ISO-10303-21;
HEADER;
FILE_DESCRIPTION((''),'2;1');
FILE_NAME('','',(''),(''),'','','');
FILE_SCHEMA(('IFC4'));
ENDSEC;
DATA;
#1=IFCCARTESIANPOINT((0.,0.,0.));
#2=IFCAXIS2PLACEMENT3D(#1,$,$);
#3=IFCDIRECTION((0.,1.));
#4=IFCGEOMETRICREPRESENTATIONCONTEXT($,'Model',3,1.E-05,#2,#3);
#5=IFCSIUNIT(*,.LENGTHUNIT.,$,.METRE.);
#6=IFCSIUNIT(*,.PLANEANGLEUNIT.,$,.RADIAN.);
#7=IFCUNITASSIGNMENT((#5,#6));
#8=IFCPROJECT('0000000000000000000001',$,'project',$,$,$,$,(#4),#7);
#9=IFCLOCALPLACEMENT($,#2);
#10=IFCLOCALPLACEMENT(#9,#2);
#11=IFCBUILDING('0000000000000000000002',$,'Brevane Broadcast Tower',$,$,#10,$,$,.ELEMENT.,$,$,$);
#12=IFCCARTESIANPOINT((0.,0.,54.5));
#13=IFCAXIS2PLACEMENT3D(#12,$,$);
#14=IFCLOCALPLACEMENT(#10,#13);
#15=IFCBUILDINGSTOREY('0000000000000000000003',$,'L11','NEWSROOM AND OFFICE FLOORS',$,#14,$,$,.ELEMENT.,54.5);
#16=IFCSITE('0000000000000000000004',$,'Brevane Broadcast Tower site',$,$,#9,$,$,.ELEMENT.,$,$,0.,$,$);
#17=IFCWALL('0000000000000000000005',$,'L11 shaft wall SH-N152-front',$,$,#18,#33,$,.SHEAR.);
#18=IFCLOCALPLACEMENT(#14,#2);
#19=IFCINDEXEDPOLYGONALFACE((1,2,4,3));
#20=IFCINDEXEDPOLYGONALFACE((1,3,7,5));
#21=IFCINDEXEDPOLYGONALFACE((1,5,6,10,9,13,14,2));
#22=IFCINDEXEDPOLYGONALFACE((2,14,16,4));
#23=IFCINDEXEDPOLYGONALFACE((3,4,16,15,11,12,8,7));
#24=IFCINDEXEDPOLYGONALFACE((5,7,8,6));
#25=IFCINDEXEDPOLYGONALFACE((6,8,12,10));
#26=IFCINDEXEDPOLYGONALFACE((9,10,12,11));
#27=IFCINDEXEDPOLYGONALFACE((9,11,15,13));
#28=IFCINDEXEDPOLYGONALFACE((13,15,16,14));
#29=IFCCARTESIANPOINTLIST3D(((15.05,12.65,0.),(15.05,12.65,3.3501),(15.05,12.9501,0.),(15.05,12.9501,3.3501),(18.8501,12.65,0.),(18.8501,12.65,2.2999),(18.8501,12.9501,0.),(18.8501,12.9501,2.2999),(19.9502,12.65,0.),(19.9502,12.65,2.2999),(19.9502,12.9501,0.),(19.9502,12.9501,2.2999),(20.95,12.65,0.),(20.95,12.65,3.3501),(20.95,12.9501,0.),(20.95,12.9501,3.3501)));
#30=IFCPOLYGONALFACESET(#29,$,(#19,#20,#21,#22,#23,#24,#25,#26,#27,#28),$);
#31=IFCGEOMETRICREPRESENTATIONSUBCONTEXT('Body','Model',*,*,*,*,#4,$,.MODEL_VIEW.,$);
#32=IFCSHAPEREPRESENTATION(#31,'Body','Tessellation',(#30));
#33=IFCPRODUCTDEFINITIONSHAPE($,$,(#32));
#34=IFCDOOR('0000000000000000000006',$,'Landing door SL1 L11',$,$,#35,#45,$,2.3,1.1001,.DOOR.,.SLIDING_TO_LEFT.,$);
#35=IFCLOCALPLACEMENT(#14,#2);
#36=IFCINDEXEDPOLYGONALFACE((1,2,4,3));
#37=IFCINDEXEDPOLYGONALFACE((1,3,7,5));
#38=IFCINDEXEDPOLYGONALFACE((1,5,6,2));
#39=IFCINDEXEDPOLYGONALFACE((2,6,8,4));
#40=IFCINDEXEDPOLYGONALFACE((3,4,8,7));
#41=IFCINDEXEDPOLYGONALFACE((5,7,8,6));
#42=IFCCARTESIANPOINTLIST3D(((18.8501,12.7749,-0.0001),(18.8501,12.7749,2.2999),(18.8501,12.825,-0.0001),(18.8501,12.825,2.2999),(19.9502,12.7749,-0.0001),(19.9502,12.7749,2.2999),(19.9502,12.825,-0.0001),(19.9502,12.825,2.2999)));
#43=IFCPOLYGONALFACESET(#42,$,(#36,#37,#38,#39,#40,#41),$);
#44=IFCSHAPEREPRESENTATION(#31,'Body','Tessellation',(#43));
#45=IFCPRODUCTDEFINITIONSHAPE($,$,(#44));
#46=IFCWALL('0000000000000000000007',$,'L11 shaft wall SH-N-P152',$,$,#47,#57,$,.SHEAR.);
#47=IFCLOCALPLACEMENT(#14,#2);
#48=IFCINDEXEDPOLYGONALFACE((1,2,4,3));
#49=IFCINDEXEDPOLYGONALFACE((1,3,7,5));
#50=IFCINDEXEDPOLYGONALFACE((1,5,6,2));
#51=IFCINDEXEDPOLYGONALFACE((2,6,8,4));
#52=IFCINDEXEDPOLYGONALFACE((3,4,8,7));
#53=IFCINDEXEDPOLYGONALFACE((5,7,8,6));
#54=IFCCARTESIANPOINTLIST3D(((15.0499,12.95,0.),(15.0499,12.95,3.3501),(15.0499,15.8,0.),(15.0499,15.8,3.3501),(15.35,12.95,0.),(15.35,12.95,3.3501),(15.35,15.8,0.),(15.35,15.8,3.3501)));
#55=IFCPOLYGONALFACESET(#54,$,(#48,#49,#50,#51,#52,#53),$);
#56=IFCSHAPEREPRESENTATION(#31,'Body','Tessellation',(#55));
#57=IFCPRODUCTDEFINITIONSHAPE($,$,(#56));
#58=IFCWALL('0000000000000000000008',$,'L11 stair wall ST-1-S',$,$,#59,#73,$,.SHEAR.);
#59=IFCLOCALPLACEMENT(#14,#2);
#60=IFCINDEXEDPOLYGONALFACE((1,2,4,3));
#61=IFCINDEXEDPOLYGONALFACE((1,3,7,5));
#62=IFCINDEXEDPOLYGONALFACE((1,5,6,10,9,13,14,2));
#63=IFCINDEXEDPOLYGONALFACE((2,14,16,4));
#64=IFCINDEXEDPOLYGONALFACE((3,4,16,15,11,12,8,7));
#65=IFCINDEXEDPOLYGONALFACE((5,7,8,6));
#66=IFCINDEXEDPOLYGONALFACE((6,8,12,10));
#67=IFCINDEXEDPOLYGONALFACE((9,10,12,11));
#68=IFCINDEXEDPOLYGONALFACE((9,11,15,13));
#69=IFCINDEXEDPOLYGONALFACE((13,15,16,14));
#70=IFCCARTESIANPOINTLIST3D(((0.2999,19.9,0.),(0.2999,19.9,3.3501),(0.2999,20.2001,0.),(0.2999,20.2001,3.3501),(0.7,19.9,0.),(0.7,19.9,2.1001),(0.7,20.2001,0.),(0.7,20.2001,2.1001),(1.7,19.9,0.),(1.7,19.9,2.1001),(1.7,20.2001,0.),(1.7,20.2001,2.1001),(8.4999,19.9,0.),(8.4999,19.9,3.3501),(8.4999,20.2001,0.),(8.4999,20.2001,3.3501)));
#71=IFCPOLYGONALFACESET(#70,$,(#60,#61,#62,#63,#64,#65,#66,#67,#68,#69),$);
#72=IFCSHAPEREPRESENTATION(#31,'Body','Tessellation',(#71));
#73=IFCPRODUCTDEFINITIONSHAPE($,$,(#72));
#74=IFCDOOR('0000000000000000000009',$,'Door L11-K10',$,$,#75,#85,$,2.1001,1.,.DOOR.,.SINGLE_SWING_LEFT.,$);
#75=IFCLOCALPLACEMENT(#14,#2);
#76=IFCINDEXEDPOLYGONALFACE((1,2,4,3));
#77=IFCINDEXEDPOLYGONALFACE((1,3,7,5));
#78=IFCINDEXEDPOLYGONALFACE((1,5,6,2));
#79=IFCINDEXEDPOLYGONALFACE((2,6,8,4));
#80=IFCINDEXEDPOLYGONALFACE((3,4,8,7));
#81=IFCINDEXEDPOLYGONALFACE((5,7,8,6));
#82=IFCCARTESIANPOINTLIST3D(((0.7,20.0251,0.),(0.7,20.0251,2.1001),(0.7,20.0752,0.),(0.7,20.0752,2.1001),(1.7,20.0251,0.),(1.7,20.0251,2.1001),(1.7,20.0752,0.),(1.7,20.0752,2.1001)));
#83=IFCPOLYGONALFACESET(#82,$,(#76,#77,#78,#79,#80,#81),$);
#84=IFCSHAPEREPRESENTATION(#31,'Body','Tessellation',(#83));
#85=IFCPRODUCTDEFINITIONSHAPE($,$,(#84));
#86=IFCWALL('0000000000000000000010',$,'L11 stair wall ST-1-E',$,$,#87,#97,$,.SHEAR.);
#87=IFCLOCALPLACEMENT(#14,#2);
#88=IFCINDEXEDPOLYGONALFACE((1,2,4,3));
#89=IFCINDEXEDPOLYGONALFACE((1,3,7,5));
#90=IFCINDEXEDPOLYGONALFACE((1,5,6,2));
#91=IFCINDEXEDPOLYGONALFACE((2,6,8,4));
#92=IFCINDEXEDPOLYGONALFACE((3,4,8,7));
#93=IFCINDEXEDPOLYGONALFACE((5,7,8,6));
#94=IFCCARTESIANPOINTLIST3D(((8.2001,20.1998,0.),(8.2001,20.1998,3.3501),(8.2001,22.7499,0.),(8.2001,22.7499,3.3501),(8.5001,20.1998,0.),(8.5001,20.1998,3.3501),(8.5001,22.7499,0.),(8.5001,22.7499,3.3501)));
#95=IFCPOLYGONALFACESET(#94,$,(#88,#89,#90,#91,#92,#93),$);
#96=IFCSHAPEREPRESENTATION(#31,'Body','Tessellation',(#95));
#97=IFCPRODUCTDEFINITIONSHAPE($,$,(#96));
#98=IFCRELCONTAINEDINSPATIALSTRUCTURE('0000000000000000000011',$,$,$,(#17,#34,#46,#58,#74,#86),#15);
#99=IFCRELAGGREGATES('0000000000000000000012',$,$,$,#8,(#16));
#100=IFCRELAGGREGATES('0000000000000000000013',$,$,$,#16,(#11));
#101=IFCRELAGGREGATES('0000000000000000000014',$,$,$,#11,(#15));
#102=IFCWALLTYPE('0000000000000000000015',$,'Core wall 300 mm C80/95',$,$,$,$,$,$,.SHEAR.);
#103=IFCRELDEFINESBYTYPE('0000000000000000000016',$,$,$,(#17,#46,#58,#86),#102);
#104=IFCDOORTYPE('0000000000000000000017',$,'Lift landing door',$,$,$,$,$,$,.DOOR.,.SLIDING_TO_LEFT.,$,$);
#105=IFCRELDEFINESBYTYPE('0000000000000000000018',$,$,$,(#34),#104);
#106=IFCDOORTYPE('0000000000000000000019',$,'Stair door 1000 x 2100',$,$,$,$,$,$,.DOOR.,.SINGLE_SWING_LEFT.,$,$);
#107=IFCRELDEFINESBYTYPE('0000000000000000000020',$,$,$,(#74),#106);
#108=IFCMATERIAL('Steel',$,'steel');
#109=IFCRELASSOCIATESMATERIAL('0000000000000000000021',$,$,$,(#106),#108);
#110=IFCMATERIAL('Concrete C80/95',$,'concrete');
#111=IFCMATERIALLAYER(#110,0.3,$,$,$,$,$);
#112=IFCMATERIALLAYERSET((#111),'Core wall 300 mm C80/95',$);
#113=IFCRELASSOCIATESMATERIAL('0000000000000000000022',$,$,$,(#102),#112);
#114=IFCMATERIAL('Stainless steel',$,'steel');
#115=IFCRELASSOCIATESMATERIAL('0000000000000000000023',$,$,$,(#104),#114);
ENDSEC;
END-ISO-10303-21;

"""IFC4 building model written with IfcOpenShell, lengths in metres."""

from ifc_helpers import new_model, si_unit, direction, frame, frame_2d, origin, place, context, subcontext, project, spatial, rectangle, extrude, material, layer, layer_set, type_object, element, fill, save


model = new_model("IFC4")

# Units and contexts
model_context = context("Model", 3, precision=1e-05, world=origin(), true_north=direction((0.0, 1.0)))
body_context = subcontext(model_context, "Body", "Model", "MODEL_VIEW")
ifc_project = project(units=[si_unit("LENGTHUNIT", "METRE"), si_unit("PLANEANGLEUNIT", "RADIAN")], contexts=[model_context])

# Site, building, storey
site_placement = place(None, origin())
site = spatial("IfcSite", under=ifc_project, at=site_placement, Name="Brevane Broadcast Tower site", CompositionType="ELEMENT", RefElevation=0.0)
building_placement = place(site_placement, origin())
building = spatial("IfcBuilding", under=site, at=building_placement, Name="Brevane Broadcast Tower", CompositionType="ELEMENT")
storey_placement = place(building_placement, frame((0.0, 0.0, 54.5)))
storey = spatial("IfcBuildingStorey", under=building, at=storey_placement, Name="L11", Description="NEWSROOM AND OFFICE FLOORS", CompositionType="ELEMENT", Elevation=54.5)

# Shared definitions
ifc_material_1 = material(Name="Steel", Category="steel")
door_type_1 = type_object("IfcDoorType", Name="Stair door 1000 x 2100", OperationType="SINGLE_SWING_LEFT", PredefinedType="DOOR", material=ifc_material_1)

# Shared definitions
ifc_material_2 = material(Name="Concrete C80/95", Category="concrete")
ifc_layer_1 = layer(ifc_material_2, 0.3)
ifc_layer_set_1 = layer_set([ifc_layer_1], Name="Core wall 300 mm C80/95")
wall_type_1 = type_object("IfcWallType", Name="Core wall 300 mm C80/95", PredefinedType="SHEAR", material=ifc_layer_set_1)

# Wall, opening, door
wall_1_placement = place(storey_placement, frame((15.05, 12.8, 0.0), z_axis=(0.0, 0.0, 1.0), x_axis=(1.0, 0.0, 0.0)))
wall_1 = element("IfcWall", 1, at=wall_1_placement, inside=storey, type_object=wall_type_1, Name="L11 shaft wall SH-N152-front", PredefinedType="SHEAR", context=body_context, shape_type="SweptSolid", body=[
    extrude(rectangle(XDim=5.8999, YDim=0.3, at=frame_2d((2.95, 0.0))), origin(), (0.0, 0.0, 1.0), 3.3501),
])
opening_1_placement = place(wall_1_placement, frame((3.8, 0.0, 0.0)))
opening_1 = element("IfcOpeningElement", 2, at=opening_1_placement, cuts=wall_1, PredefinedType="OPENING", context=body_context, shape_type="SweptSolid", body=[
    extrude(rectangle(XDim=1.1001, YDim=2.3, at=frame_2d((0.55, 1.1499))), frame((0.0, 0.1599, 0.0), z_axis=(0.0, -1.0, 0.0), x_axis=(1.0, 0.0, 0.0)), (0.0, 0.0, 1.0), 0.3201),
])
ifc_material_3 = material(Name="Stainless steel", Category="steel")
door_type_2 = type_object("IfcDoorType", Name="Lift landing door", OperationType="SLIDING_TO_LEFT", PredefinedType="DOOR", material=ifc_material_3)
door_1_placement = place(opening_1_placement, origin())
door_1 = element("IfcDoor", 3, at=door_1_placement, inside=storey, type_object=door_type_2, Name="Landing door SL1 L11", OperationType="SLIDING_TO_LEFT", OverallHeight=2.3, OverallWidth=1.1001, PredefinedType="DOOR", context=body_context, shape_type="SweptSolid", body=[
    extrude(rectangle(XDim=1.1001, YDim=2.3, at=frame_2d((0.55, 1.1499))), frame((0.0, 0.0249, 0.0), z_axis=(0.0, -1.0, 0.0), x_axis=(1.0, 0.0, 0.0)), (0.0, 0.0, 1.0), 0.05),
])
fill(opening_1, door_1)

# Wall
wall_2_placement = place(storey_placement, frame((15.2, 12.95, 0.0), z_axis=(0.0, 0.0, 1.0), x_axis=(0.0, 1.0, 0.0)))
element("IfcWall", 4, at=wall_2_placement, inside=storey, type_object=wall_type_1, Name="L11 shaft wall SH-N-P152", PredefinedType="SHEAR", context=body_context, shape_type="SweptSolid", body=[
    extrude(rectangle(XDim=2.8501, YDim=0.3, at=frame_2d((1.425, 0.0))), origin(), (0.0, 0.0, 1.0), 3.3501),
])

# Wall, opening, door
wall_3_placement = place(storey_placement, frame((8.5, 20.05, 0.0), z_axis=(0.0, 0.0, 1.0), x_axis=(-1.0, 0.0, 0.0)))
wall_3 = element("IfcWall", 5, at=wall_3_placement, inside=storey, type_object=wall_type_1, Name="L11 stair wall ST-1-S", PredefinedType="SHEAR", context=body_context, shape_type="SweptSolid", body=[
    extrude(rectangle(XDim=8.2, YDim=0.3, at=frame_2d((4.1001, 0.0))), origin(), (0.0, 0.0, 1.0), 3.3501),
])
opening_2_placement = place(wall_3_placement, frame((6.8, 0.0, 0.0)))
opening_2 = element("IfcOpeningElement", 6, at=opening_2_placement, cuts=wall_3, PredefinedType="OPENING", context=body_context, shape_type="SweptSolid", body=[
    extrude(rectangle(XDim=1.0, YDim=2.1001, at=frame_2d((0.5, 1.05))), frame((0.0, 0.1599, 0.0), z_axis=(0.0, -1.0, 0.0), x_axis=(1.0, 0.0, 0.0)), (0.0, 0.0, 1.0), 0.3201),
])
door_2_placement = place(opening_2_placement, origin())
door_2 = element("IfcDoor", 7, at=door_2_placement, inside=storey, type_object=door_type_1, Name="Door L11-K10", OperationType="SINGLE_SWING_LEFT", OverallHeight=2.1001, OverallWidth=1.0, PredefinedType="DOOR", context=body_context, shape_type="SweptSolid", body=[
    extrude(rectangle(XDim=1.0, YDim=2.1001, at=frame_2d((0.5, 1.05))), frame((0.0, 0.0249, 0.0), z_axis=(0.0, -1.0, 0.0), x_axis=(1.0, 0.0, 0.0)), (0.0, 0.0, 1.0), 0.05),
])
fill(opening_2, door_2)

# Wall
wall_4_placement = place(storey_placement, frame((8.3501, 20.2, 0.0), z_axis=(0.0, 0.0, 1.0), x_axis=(0.0, 1.0, 0.0)))
element("IfcWall", 8, at=wall_4_placement, inside=storey, type_object=wall_type_1, Name="L11 stair wall ST-1-E", PredefinedType="SHEAR", context=body_context, shape_type="SweptSolid", body=[
    extrude(rectangle(XDim=2.55, YDim=0.3, at=frame_2d((1.2749, 0.0))), origin(), (0.0, 0.0, 1.0), 3.3501),
])

save(model, "model.ifc")
